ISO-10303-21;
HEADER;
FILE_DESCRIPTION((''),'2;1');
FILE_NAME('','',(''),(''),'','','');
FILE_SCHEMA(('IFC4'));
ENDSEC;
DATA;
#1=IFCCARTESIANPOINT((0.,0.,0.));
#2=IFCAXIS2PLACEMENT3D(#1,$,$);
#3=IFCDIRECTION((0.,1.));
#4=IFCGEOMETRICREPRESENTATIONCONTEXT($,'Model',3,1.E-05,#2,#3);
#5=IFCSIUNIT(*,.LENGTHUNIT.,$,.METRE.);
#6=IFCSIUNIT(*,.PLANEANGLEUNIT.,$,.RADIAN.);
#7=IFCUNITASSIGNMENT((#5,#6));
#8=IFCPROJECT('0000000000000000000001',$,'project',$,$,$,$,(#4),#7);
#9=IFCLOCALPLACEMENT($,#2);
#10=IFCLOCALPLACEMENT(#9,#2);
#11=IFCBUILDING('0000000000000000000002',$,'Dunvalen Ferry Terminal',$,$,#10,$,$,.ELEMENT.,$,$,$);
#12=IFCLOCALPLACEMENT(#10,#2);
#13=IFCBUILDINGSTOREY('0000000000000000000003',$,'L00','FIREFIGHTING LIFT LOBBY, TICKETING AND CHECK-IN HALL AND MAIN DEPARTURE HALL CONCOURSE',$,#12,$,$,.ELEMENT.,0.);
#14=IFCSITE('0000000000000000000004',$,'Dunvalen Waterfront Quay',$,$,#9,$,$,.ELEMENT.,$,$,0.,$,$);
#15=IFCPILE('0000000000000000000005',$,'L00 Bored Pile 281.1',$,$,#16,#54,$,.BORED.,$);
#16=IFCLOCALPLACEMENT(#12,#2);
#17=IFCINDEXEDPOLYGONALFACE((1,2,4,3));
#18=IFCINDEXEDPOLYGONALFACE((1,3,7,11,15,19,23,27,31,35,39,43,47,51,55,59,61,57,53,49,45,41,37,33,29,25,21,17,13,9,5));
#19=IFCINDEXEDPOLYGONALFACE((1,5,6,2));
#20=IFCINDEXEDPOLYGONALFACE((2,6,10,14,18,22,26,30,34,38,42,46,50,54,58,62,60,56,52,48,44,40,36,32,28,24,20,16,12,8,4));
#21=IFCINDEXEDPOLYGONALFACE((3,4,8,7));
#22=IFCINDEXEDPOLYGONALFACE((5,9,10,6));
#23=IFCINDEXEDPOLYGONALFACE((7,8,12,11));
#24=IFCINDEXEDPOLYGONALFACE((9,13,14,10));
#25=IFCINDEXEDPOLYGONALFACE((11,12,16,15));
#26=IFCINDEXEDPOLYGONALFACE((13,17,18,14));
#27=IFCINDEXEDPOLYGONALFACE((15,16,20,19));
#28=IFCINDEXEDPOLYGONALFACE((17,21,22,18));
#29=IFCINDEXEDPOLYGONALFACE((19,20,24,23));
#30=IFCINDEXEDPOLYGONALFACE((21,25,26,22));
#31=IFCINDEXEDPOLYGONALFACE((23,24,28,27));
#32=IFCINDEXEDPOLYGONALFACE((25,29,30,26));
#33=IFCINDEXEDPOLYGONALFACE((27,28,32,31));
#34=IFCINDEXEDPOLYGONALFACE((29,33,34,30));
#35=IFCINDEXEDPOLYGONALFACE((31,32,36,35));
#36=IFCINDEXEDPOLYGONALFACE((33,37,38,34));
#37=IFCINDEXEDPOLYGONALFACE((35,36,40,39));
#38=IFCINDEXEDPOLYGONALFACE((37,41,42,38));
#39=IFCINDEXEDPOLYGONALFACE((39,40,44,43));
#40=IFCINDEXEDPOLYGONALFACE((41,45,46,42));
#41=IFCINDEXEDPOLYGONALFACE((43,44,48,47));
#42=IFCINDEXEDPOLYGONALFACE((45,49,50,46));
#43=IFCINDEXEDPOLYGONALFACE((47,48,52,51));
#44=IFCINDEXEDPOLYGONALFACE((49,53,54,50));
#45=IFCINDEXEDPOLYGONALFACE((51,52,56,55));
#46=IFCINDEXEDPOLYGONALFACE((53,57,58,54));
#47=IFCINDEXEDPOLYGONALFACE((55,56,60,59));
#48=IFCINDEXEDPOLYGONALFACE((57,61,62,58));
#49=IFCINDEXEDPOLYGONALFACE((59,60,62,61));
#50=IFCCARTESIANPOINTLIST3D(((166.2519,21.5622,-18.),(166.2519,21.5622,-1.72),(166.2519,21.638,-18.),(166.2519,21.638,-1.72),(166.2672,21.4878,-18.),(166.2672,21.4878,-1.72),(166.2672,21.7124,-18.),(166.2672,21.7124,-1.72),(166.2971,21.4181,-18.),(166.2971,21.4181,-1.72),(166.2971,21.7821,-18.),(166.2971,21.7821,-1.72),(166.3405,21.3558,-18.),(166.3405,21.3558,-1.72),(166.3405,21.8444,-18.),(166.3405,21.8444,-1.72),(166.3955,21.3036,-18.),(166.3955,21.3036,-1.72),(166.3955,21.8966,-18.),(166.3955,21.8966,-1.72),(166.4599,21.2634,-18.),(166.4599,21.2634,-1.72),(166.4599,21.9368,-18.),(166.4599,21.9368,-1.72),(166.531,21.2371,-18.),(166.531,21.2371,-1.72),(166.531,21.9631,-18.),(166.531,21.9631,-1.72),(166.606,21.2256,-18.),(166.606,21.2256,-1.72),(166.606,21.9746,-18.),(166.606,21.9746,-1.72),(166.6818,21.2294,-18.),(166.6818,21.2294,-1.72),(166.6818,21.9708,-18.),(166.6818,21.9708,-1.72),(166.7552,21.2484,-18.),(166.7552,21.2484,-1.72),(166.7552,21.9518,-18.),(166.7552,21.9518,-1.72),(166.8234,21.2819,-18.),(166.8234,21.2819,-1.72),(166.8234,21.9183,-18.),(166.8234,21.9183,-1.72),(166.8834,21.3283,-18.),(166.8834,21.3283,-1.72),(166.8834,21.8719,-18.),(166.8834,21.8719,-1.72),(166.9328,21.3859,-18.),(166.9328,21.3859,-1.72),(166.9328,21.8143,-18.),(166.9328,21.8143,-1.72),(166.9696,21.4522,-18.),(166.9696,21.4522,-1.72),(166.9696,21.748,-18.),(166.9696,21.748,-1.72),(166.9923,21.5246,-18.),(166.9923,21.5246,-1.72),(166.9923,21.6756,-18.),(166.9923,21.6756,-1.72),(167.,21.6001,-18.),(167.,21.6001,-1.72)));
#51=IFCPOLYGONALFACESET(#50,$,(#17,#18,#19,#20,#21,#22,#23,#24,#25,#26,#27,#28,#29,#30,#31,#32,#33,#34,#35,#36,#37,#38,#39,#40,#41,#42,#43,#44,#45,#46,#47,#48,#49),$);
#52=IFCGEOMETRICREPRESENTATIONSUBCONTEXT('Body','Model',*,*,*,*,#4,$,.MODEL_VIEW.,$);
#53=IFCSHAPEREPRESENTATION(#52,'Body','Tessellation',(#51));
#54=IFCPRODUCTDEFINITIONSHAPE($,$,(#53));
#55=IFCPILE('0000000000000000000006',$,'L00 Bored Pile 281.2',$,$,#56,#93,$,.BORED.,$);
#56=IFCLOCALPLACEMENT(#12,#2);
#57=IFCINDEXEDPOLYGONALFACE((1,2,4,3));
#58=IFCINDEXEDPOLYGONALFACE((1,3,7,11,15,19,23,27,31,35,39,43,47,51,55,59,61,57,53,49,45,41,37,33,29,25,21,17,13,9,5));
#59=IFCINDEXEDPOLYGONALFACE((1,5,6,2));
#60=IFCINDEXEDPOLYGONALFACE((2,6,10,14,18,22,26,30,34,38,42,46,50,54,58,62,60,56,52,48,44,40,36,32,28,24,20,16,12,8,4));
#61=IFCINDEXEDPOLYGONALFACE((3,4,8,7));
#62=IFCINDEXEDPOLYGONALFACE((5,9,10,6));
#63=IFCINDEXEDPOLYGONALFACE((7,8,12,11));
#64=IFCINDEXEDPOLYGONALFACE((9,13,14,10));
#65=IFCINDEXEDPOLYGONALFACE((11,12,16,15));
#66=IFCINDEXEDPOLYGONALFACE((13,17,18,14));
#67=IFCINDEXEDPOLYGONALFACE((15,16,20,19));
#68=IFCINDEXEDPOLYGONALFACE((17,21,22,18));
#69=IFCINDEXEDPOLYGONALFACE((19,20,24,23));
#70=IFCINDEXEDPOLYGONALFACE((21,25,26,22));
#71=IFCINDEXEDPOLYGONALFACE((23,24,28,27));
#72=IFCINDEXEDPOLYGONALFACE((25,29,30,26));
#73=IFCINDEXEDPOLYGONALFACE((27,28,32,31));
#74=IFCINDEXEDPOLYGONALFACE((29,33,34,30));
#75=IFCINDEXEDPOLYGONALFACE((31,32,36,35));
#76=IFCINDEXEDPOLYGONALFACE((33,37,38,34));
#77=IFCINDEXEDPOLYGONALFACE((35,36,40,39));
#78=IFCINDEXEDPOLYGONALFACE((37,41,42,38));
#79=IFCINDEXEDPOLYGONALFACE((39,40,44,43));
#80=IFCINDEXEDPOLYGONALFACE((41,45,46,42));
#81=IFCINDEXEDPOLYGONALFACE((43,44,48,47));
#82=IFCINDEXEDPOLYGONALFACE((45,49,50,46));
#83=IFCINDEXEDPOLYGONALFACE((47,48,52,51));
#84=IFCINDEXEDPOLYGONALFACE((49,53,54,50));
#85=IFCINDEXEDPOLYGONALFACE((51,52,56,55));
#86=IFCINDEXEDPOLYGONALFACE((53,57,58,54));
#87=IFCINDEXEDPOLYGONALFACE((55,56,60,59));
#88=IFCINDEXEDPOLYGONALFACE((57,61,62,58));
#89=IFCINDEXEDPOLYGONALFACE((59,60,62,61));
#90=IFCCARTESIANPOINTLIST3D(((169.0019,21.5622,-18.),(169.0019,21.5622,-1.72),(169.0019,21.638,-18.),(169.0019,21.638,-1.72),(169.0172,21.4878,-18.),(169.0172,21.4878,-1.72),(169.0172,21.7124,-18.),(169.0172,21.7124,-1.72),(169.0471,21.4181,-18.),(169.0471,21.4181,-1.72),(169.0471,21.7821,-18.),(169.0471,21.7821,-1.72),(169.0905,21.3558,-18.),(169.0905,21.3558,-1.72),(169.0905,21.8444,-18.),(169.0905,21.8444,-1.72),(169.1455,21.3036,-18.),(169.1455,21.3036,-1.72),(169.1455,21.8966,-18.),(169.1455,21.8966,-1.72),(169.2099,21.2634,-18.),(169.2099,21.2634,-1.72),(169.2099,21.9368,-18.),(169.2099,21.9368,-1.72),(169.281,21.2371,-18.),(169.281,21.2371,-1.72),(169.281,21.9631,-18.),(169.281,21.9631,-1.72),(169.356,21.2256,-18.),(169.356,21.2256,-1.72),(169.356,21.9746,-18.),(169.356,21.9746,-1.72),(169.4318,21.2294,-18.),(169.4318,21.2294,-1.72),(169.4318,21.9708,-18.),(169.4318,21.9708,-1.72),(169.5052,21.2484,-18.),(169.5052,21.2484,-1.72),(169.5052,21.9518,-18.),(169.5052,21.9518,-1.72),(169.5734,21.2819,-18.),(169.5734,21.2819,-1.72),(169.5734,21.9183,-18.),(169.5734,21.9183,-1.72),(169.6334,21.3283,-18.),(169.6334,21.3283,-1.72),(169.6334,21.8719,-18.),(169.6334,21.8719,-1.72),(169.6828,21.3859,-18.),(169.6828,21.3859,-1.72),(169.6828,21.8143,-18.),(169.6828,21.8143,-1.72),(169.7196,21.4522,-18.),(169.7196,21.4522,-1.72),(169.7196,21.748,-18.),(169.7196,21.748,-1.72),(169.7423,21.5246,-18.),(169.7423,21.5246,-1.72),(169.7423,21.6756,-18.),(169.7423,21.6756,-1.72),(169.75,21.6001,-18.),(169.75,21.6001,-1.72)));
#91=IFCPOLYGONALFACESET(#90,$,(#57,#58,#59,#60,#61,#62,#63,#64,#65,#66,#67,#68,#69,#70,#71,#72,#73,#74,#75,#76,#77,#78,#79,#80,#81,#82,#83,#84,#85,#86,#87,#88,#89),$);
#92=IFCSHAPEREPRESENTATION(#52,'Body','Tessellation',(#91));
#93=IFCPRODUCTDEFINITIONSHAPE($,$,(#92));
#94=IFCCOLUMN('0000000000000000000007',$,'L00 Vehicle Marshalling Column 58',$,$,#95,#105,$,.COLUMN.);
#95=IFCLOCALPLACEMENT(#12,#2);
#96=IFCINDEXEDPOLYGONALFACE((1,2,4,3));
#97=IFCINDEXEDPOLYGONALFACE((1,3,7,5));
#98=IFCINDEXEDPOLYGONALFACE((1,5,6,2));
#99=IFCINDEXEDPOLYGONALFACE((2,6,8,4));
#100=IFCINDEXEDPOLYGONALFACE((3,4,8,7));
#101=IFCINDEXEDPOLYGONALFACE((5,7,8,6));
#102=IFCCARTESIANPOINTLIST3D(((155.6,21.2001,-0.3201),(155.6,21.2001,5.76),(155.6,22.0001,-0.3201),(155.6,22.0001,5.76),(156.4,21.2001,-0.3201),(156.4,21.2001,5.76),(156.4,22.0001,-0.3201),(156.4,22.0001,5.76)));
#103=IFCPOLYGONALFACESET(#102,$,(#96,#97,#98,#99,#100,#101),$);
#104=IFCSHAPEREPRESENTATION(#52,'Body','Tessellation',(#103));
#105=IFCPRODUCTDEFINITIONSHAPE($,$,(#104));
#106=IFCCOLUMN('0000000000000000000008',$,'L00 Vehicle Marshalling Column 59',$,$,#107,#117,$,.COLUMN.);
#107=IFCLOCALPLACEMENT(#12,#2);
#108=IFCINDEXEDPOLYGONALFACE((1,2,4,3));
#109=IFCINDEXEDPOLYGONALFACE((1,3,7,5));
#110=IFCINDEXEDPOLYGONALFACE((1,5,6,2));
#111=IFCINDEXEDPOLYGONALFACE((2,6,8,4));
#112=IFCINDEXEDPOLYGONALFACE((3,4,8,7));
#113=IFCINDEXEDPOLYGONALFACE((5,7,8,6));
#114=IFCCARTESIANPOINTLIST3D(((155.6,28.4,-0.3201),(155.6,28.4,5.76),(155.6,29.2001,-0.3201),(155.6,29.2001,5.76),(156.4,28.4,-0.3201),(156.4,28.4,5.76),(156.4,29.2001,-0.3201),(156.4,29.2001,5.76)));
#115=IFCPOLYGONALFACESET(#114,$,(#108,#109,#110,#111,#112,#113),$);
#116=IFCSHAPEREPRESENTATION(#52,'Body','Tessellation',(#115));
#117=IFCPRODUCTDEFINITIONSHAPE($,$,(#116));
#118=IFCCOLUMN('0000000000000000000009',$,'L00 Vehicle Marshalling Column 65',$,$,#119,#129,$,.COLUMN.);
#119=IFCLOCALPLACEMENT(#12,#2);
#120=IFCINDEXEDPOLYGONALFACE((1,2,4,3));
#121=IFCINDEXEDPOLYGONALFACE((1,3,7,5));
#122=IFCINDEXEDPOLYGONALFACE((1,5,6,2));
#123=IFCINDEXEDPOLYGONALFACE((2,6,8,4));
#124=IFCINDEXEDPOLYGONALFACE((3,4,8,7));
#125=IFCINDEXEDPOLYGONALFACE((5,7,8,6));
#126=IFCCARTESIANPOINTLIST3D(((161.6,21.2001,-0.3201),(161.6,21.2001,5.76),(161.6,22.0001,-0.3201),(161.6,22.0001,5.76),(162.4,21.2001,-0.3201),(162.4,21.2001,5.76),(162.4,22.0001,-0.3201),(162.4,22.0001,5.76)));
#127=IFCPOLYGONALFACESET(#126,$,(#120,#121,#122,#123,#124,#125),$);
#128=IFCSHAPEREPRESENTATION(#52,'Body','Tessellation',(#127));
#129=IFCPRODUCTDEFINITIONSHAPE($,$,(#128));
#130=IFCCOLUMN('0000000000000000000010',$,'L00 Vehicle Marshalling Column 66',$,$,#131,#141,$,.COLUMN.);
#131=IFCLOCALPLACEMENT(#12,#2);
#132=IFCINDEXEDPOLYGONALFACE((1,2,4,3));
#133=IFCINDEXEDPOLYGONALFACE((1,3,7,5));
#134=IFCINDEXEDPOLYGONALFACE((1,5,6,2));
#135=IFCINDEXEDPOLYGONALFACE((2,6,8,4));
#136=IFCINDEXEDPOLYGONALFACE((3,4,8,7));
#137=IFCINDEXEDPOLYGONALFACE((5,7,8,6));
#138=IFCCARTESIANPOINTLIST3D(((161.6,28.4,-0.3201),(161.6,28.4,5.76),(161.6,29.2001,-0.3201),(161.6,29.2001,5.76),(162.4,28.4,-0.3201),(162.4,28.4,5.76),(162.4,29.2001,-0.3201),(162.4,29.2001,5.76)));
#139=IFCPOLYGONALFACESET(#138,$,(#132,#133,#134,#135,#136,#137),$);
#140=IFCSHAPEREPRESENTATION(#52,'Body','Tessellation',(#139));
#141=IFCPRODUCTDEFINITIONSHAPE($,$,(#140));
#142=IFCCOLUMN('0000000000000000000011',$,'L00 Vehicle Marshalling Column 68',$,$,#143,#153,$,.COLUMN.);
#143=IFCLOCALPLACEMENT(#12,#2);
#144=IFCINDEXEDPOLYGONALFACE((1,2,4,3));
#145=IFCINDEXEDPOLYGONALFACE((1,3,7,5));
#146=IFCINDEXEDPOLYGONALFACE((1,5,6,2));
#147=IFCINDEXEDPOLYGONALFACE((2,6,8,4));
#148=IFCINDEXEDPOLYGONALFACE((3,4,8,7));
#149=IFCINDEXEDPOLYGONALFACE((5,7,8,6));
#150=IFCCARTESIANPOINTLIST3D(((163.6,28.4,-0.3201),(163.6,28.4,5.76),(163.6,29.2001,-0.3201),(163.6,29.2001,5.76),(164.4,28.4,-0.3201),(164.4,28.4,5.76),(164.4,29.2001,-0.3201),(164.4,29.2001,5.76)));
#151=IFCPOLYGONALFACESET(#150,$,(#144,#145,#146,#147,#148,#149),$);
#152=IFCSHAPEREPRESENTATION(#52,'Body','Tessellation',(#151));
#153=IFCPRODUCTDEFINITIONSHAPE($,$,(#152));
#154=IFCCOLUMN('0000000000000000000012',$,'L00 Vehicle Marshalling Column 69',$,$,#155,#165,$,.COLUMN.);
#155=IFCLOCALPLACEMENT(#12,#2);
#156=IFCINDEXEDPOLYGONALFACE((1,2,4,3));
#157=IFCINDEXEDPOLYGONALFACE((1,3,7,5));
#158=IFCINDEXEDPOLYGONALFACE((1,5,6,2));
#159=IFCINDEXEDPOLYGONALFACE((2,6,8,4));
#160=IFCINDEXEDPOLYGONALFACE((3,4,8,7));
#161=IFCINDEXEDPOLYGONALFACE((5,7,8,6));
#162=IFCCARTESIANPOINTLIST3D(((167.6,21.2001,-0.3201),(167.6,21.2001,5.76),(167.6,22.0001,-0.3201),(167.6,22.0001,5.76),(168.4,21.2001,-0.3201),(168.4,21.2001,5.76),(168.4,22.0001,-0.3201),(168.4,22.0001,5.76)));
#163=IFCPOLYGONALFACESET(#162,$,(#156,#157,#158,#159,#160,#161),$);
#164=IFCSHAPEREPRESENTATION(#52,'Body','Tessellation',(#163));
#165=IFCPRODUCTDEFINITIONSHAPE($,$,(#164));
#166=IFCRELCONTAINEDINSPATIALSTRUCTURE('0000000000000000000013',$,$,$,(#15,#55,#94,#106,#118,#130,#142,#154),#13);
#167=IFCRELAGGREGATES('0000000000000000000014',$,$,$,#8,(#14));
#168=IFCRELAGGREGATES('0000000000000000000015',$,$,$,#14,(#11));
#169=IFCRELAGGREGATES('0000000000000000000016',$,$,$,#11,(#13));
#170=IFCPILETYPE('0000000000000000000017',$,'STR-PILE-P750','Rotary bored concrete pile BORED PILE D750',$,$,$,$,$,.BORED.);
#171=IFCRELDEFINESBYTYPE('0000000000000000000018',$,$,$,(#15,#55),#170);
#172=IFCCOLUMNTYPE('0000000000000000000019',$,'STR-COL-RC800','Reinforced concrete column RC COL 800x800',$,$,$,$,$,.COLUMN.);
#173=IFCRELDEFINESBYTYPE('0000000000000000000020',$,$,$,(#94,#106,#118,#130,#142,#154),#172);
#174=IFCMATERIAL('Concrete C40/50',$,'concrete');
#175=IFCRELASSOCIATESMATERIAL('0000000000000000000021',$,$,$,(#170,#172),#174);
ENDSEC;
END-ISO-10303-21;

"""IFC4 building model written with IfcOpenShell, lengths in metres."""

from ifc_helpers import new_model, si_unit, direction, frame, origin, origin_2d, place, context, subcontext, project, spatial, rectangle, circle, extrude, material, material_profile, profile_set, type_object, element, save


model = new_model("IFC4")

# Units and contexts
model_context = context("Model", 3, precision=1e-05, world=origin(), true_north=direction((0.0, 1.0)))
body_context = subcontext(model_context, "Body", "Model", "MODEL_VIEW")
ifc_project = project(units=[si_unit("LENGTHUNIT", "METRE"), si_unit("PLANEANGLEUNIT", "RADIAN")], contexts=[model_context])

# Site, building, storey
site_placement = place(None, origin())
site = spatial("IfcSite", under=ifc_project, at=site_placement, Name="Dunvalen Waterfront Quay", CompositionType="ELEMENT", RefElevation=0.0)
building_placement = place(site_placement, origin())
building = spatial("IfcBuilding", under=site, at=building_placement, Name="Dunvalen Ferry Terminal", CompositionType="ELEMENT")
storey_placement = place(building_placement, origin())
storey = spatial("IfcBuildingStorey", under=building, at=storey_placement, Name="L00", Description="FIREFIGHTING LIFT LOBBY, TICKETING AND CHECK-IN HALL AND MAIN DEPARTURE HALL CONCOURSE", CompositionType="ELEMENT", Elevation=0.0)

# Shared definitions
ifc_material_1 = material(Name="Concrete C40/50", Category="concrete")

# Piles
ifc_material_profile_1 = material_profile(ifc_material_1, circle(Radius=0.375, at=origin_2d()), Name="Concrete C40/50")
ifc_profile_set_1 = profile_set([ifc_material_profile_1], Name="Concrete C40/50")
pile_type = type_object("IfcPileType", Name="STR-PILE-P750", Description="Rotary bored concrete pile BORED PILE D750", PredefinedType="BORED", material=ifc_profile_set_1)
for number, where, z_axis, x_axis, name in (
    (1, (166.625, 21.6001, -1.72), (0.0, 0.0, -1.0), (1.0, 0.0, 0.0), "L00 Bored Pile 281.1"),
    (2, (169.375, 21.6001, -1.72), (0.0, 0.0, -1.0), (1.0, 0.0, 0.0), "L00 Bored Pile 281.2"),
):
    element("IfcPile", number, at=place(storey_placement, frame(where, z_axis=z_axis, x_axis=x_axis)), inside=storey, type_object=pile_type, Name=name, PredefinedType="BORED", context=body_context, shape_type="SweptSolid", body=[
        extrude(circle(Radius=0.375, at=origin_2d()), origin(), (0.0, 0.0, 1.0), 16.28),
    ])

# Columns
ifc_material_profile_2 = material_profile(ifc_material_1, rectangle(XDim=0.8, YDim=0.8, at=origin_2d()), Name="Concrete C40/50")
ifc_profile_set_2 = profile_set([ifc_material_profile_2], Name="Concrete C40/50")
column_type = type_object("IfcColumnType", Name="STR-COL-RC800", Description="Reinforced concrete column RC COL 800x800", PredefinedType="COLUMN", material=ifc_profile_set_2)
for number, where, z_axis, x_axis, name in (
    (3, (156.0, 21.6001, -0.3201), (0.0, 0.0, 1.0), (1.0, 0.0, 0.0), "L00 Vehicle Marshalling Column 58"),
    (4, (156.0, 28.8, -0.3201), (0.0, 0.0, 1.0), (1.0, 0.0, 0.0), "L00 Vehicle Marshalling Column 59"),
    (5, (162.0, 21.6001, -0.3201), (0.0, 0.0, 1.0), (1.0, 0.0, 0.0), "L00 Vehicle Marshalling Column 65"),
    (6, (162.0, 28.8, -0.3201), (0.0, 0.0, 1.0), (1.0, 0.0, 0.0), "L00 Vehicle Marshalling Column 66"),
    (7, (164.0, 28.8, -0.3201), (0.0, 0.0, 1.0), (1.0, 0.0, 0.0), "L00 Vehicle Marshalling Column 68"),
    (8, (168.0, 21.6001, -0.3201), (0.0, 0.0, 1.0), (1.0, 0.0, 0.0), "L00 Vehicle Marshalling Column 69"),
):
    element("IfcColumn", number, at=place(storey_placement, frame(where, z_axis=z_axis, x_axis=x_axis)), inside=storey, type_object=column_type, Name=name, PredefinedType="COLUMN", context=body_context, shape_type="SweptSolid", body=[
        extrude(rectangle(XDim=0.8, YDim=0.8, at=origin_2d()), origin(), (0.0, 0.0, 1.0), 6.0801),
    ])

save(model, "model.ifc")
